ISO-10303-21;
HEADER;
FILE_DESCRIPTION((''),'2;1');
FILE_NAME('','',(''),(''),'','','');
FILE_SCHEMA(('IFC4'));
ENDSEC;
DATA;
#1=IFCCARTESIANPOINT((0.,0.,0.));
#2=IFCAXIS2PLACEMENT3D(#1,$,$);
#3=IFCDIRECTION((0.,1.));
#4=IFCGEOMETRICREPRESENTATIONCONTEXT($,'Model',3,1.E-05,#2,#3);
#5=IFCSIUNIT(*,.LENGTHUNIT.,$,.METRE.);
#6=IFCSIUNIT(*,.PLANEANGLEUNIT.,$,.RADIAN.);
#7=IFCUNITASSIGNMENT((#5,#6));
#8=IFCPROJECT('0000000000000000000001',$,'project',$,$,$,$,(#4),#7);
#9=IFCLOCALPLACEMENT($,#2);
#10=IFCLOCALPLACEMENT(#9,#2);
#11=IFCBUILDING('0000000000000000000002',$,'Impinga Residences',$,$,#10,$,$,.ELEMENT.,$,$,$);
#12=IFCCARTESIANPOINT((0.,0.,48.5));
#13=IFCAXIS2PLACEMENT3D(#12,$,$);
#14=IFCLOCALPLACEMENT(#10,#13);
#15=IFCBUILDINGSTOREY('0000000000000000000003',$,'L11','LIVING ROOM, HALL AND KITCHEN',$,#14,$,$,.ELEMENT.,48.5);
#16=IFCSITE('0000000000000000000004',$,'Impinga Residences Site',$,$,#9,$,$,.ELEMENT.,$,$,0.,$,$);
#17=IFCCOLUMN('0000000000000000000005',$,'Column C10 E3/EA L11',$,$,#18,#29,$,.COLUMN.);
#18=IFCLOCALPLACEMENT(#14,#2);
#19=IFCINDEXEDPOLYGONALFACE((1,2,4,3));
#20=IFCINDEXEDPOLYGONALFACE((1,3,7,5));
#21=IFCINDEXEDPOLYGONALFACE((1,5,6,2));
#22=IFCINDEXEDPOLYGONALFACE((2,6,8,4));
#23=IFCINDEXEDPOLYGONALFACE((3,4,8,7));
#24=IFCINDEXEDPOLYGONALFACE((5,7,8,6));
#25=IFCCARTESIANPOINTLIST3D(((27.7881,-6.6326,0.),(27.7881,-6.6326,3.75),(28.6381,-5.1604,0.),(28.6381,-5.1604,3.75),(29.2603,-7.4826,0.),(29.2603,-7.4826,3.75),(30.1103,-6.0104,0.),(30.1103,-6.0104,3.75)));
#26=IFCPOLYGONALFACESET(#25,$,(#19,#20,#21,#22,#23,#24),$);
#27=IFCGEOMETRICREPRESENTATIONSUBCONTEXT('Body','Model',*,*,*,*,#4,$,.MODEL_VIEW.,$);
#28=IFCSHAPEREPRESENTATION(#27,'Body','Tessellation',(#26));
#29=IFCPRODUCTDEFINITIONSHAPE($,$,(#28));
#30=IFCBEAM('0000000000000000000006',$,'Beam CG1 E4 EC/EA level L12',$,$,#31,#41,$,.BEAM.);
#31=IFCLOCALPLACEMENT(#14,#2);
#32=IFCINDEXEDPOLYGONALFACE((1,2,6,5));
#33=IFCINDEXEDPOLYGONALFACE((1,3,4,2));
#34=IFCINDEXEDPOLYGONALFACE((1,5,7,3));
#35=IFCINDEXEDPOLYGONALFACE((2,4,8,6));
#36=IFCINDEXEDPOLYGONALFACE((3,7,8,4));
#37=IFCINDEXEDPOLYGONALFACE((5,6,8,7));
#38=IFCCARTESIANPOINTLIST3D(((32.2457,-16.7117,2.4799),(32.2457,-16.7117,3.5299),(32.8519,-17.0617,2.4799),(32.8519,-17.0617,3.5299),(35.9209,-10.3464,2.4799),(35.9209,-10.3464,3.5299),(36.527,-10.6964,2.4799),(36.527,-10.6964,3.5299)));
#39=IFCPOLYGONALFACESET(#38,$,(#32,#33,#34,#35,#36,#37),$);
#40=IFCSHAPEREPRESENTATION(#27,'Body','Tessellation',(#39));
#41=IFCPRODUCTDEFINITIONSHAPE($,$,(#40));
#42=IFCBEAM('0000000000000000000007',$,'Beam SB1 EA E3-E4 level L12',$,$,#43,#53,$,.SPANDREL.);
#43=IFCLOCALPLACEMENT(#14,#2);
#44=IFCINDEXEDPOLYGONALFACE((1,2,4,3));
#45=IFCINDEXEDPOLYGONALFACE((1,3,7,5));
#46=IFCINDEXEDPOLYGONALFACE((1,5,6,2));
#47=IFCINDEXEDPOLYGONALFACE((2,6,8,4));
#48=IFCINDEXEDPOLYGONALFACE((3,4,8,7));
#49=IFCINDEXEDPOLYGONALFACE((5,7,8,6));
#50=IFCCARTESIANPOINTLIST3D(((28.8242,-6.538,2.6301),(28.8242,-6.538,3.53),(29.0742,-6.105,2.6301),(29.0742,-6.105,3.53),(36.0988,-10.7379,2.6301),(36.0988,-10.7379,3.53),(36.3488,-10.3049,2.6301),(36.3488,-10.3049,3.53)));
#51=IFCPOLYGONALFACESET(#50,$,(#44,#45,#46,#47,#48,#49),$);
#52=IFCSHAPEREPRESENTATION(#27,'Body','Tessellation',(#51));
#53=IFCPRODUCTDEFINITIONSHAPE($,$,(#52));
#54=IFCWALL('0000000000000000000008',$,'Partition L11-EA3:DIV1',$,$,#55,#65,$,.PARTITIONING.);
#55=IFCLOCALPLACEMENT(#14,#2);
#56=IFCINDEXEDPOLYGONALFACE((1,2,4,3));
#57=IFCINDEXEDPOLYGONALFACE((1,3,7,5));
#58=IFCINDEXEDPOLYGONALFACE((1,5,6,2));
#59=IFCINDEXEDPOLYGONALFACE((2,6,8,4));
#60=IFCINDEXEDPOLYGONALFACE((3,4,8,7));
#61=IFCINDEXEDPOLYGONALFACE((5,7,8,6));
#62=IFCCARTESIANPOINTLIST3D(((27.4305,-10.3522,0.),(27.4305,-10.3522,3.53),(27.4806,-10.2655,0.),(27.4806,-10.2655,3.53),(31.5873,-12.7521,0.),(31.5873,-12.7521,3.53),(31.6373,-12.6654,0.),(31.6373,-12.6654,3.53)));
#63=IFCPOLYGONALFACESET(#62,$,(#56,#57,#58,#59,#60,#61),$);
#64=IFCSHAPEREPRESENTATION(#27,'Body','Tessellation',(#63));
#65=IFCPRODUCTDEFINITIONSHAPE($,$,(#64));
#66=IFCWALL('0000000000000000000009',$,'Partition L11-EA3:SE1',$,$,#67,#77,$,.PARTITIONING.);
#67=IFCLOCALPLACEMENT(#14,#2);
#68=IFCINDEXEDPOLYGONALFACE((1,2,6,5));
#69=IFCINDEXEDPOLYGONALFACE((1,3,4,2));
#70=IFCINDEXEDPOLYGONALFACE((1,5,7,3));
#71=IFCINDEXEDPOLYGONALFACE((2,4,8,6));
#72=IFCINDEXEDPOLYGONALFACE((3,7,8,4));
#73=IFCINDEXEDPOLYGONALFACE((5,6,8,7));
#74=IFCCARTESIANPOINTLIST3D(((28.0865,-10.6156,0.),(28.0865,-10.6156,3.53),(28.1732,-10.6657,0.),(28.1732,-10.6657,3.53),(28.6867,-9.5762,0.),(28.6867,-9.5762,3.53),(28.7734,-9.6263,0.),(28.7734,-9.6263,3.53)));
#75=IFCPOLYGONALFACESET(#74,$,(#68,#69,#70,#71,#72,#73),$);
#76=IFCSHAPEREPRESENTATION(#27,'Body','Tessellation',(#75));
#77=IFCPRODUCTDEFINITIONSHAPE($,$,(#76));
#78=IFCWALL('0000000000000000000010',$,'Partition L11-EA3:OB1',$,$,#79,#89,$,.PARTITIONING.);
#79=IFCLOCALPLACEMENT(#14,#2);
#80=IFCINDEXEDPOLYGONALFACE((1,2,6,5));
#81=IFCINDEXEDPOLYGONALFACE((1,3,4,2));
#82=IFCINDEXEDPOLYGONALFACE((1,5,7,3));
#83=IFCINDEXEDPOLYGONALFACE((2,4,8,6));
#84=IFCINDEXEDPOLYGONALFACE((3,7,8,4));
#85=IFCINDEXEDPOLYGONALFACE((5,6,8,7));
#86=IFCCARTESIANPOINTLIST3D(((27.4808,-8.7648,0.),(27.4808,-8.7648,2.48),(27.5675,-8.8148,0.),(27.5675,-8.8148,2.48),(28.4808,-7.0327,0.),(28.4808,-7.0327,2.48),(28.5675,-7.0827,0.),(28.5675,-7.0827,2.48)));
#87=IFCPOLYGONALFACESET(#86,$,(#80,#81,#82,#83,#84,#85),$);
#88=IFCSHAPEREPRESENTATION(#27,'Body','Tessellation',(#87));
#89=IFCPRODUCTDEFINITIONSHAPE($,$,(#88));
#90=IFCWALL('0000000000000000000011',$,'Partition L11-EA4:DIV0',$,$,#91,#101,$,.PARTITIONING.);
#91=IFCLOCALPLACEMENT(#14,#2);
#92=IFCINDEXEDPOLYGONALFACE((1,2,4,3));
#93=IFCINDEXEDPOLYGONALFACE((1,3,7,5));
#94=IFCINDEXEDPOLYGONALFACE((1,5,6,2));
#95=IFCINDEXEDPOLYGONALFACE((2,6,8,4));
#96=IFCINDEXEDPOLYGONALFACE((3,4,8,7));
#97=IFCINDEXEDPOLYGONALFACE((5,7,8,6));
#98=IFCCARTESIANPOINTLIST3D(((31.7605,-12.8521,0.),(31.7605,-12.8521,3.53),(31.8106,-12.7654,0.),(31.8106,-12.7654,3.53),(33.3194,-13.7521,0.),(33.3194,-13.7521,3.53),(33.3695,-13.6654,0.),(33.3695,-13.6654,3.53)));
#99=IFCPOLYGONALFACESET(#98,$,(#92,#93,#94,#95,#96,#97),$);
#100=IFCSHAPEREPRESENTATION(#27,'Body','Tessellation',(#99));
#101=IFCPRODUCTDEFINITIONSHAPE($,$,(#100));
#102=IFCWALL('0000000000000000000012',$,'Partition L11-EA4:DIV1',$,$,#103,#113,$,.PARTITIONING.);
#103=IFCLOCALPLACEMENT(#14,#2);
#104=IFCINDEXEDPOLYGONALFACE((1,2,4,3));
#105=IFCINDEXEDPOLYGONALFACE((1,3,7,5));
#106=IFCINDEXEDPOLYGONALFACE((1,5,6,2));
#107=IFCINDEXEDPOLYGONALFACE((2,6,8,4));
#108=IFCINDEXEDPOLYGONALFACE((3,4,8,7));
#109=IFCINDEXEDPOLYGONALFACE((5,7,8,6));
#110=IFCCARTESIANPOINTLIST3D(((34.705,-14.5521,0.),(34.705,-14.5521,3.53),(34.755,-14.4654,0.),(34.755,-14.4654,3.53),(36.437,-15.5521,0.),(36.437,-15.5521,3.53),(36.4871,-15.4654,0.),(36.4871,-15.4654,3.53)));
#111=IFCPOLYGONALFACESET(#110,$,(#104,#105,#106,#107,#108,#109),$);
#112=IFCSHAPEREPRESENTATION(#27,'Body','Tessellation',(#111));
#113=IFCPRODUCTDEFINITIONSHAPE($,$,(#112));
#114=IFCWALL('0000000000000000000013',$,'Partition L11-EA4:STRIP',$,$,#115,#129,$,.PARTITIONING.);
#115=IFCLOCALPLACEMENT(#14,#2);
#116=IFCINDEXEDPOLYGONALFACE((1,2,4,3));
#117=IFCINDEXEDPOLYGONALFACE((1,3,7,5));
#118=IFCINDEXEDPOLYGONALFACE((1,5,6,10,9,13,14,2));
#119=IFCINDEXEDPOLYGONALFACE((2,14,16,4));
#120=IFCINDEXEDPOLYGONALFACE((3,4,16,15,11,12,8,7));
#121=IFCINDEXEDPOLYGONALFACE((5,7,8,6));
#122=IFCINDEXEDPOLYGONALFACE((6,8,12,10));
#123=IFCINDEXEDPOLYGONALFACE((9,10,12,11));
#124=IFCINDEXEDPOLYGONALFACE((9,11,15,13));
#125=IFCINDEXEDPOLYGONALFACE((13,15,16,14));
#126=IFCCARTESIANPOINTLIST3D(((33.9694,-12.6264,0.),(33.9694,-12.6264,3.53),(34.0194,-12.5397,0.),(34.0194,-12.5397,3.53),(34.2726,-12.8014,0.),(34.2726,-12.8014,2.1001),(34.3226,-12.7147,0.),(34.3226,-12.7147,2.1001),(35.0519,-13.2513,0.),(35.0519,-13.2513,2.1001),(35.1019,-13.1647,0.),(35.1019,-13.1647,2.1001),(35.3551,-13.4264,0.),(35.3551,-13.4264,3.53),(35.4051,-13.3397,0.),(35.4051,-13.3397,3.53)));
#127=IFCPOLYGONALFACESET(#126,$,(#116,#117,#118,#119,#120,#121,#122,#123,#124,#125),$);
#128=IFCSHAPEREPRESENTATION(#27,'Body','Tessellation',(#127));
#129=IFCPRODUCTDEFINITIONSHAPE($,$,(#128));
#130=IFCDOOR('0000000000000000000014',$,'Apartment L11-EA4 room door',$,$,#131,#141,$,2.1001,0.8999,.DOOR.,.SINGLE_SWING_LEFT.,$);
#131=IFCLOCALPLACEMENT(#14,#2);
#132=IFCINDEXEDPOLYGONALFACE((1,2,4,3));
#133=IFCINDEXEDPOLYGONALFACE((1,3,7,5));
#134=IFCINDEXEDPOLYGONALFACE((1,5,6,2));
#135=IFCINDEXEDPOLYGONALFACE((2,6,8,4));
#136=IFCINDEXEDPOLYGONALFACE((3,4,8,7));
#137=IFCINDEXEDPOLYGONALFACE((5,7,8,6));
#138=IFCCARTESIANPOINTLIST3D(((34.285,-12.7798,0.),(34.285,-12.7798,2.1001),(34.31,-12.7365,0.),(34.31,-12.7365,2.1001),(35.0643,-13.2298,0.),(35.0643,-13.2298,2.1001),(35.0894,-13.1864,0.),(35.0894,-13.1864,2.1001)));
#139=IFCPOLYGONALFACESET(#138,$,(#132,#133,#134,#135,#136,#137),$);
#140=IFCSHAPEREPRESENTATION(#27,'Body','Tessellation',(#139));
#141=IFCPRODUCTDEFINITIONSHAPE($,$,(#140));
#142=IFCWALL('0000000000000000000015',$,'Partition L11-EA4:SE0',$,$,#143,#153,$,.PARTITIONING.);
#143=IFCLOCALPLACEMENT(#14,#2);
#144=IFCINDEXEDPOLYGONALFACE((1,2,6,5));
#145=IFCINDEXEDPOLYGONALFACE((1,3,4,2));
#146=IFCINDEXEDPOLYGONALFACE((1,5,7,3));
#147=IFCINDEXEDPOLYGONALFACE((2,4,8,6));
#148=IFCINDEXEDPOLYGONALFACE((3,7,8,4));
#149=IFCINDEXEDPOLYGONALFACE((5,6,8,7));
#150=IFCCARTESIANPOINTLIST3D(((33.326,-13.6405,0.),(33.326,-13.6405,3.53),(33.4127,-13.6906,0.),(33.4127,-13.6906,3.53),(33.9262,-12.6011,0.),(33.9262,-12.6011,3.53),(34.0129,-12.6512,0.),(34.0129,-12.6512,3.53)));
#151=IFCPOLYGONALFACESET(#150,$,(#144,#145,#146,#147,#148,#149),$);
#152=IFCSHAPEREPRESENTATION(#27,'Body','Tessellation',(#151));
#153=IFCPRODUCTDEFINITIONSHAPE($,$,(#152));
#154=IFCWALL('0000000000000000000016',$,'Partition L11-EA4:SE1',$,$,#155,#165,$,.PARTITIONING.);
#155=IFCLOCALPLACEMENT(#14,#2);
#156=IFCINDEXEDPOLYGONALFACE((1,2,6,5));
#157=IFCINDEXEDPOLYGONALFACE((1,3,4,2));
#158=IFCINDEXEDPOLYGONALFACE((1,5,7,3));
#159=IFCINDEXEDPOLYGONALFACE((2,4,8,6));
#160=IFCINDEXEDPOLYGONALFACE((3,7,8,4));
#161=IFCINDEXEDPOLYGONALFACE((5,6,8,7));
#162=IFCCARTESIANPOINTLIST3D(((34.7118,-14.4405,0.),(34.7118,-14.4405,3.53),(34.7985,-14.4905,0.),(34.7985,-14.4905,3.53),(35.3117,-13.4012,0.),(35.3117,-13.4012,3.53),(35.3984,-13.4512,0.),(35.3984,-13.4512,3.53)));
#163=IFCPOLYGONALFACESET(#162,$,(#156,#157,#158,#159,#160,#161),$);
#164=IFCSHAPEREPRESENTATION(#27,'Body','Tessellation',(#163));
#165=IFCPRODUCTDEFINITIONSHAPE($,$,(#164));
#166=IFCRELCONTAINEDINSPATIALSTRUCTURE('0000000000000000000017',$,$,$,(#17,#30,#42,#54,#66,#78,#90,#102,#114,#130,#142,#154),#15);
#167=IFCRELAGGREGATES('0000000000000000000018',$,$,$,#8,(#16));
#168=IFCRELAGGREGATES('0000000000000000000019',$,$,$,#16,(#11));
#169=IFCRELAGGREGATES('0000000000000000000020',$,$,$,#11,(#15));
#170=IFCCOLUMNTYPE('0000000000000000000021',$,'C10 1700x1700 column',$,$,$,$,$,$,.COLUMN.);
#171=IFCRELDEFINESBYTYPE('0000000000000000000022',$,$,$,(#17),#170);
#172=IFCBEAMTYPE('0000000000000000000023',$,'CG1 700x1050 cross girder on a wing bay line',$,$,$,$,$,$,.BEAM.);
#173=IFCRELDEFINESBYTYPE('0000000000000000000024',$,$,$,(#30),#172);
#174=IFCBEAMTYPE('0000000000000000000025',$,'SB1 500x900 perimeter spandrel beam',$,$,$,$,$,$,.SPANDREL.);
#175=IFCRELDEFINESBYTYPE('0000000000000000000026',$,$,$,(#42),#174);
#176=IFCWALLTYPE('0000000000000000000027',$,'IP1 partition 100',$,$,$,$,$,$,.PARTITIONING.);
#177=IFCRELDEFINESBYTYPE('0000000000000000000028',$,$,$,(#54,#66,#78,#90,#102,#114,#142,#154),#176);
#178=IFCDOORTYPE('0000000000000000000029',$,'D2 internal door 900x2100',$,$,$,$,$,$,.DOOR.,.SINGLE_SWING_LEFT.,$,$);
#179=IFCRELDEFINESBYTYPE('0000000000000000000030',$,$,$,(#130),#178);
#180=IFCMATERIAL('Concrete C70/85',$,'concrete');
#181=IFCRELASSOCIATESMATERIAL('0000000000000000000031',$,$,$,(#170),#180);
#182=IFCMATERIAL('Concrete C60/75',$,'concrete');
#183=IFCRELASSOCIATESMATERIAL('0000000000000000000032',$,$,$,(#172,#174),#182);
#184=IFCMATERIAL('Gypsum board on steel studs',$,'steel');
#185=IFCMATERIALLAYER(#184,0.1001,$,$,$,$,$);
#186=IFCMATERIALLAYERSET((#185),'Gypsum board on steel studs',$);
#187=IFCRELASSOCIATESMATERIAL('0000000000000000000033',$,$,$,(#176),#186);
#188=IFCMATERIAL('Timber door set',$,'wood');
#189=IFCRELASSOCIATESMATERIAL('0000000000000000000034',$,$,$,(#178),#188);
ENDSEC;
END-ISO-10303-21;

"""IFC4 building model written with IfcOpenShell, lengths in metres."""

from ifc_helpers import new_model, si_unit, direction, frame, frame_2d, origin, origin_2d, place, context, subcontext, project, spatial, rectangle, extrude, material, layer, layer_set, material_profile, profile_set, type_object, element, fill, save


model = new_model("IFC4")

# Units and contexts
model_context = context("Model", 3, precision=1e-05, world=origin(), true_north=direction((0.0, 1.0)))
body_context = subcontext(model_context, "Body", "Model", "MODEL_VIEW")
ifc_project = project(units=[si_unit("LENGTHUNIT", "METRE"), si_unit("PLANEANGLEUNIT", "RADIAN")], contexts=[model_context])

# Site, building, storey
site_placement = place(None, origin())
site = spatial("IfcSite", under=ifc_project, at=site_placement, Name="Impinga Residences Site", CompositionType="ELEMENT", RefElevation=0.0)
building_placement = place(site_placement, origin())
building = spatial("IfcBuilding", under=site, at=building_placement, Name="Impinga Residences", CompositionType="ELEMENT")
storey_placement = place(building_placement, frame((0.0, 0.0, 48.5)))
storey = spatial("IfcBuildingStorey", under=building, at=storey_placement, Name="L11", Description="LIVING ROOM, HALL AND KITCHEN", CompositionType="ELEMENT", Elevation=48.5)

# Column
ifc_material_1 = material(Name="Concrete C70/85", Category="concrete")
ifc_material_profile_1 = material_profile(ifc_material_1, rectangle(XDim=1.7, YDim=1.7, at=origin_2d()), Name="RC 1700x1700")
ifc_profile_set_1 = profile_set([ifc_material_profile_1], Name="Concrete C70/85")
column_type = type_object("IfcColumnType", Name="C10 1700x1700 column", PredefinedType="COLUMN", material=ifc_profile_set_1)
column_placement = place(storey_placement, frame((28.9492, -6.3215, 0.0), z_axis=(0.0, 0.0, 1.0), x_axis=(-0.5, -0.866025, 0.0)))
element("IfcColumn", 1, at=column_placement, inside=storey, type_object=column_type, Name="Column C10 E3/EA L11", PredefinedType="COLUMN", context=body_context, shape_type="SweptSolid", body=[
    extrude(rectangle(XDim=1.7, YDim=1.7, at=origin_2d()), origin(), (0.0, 0.0, 1.0), 3.75),
])

# Beams
ifc_material_2 = material(Name="Concrete C60/75", Category="concrete")
ifc_material_profile_2 = material_profile(ifc_material_2, rectangle(XDim=0.7, YDim=1.05, at=origin_2d()), Name="RC 700x1050")
ifc_profile_set_2 = profile_set([ifc_material_profile_2], Name="Concrete C60/75")
beam_type_1 = type_object("IfcBeamType", Name="CG1 700x1050 cross girder on a wing bay line", PredefinedType="BEAM", material=ifc_profile_set_2)
beam_1_placement = place(storey_placement, frame((32.5488, -16.8867, 3.0049), z_axis=(0.500008, 0.866021, 0.0), x_axis=(-0.866021, 0.500008, 0.0)))
element("IfcBeam", 2, at=beam_1_placement, inside=storey, type_object=beam_type_1, Name="Beam CG1 E4 EC/EA level L12", PredefinedType="BEAM", context=body_context, shape_type="SweptSolid", body=[
    extrude(rectangle(XDim=0.7, YDim=1.05, at=origin_2d()), origin(), (0.0, 0.0, 1.0), 7.3501),
])
ifc_material_profile_3 = material_profile(ifc_material_2, rectangle(XDim=0.5, YDim=0.8999, at=origin_2d()), Name="RC 500x900")
ifc_profile_set_3 = profile_set([ifc_material_profile_3], Name="Concrete C60/75")
beam_type_2 = type_object("IfcBeamType", Name="SB1 500x900 perimeter spandrel beam", PredefinedType="SPANDREL", material=ifc_profile_set_3)
beam_2_placement = place(storey_placement, frame((28.9492, -6.3215, 3.0801), z_axis=(0.866029, -0.499993, 0.0), x_axis=(0.499993, 0.866029, 0.0)))
element("IfcBeam", 3, at=beam_2_placement, inside=storey, type_object=beam_type_2, Name="Beam SB1 EA E3-E4 level L12", PredefinedType="SPANDREL", context=body_context, shape_type="SweptSolid", body=[
    extrude(rectangle(XDim=0.5, YDim=0.8999, at=origin_2d()), origin(), (0.0, 0.0, 1.0), 8.3999),
])

# Walls
ifc_material_3 = material(Name="Gypsum board on steel studs", Category="steel")
ifc_layer_1 = layer(ifc_material_3, 0.1001)
ifc_layer_set_1 = layer_set([ifc_layer_1], Name="Gypsum board on steel studs")
wall_type_1 = type_object("IfcWallType", Name="IP1 partition 100", PredefinedType="PARTITIONING", material=ifc_layer_set_1)
wall_1_placement = place(storey_placement, frame((27.4556, -10.3088, 0.0), z_axis=(0.0, 0.0, 1.0), x_axis=(0.866025, -0.500001, 0.0)))
element("IfcWall", 4, at=wall_1_placement, inside=storey, type_object=wall_type_1, Name="Partition L11-EA3:DIV1", PredefinedType="PARTITIONING", context=body_context, shape_type="SweptSolid", body=[
    extrude(rectangle(XDim=4.7998, YDim=0.1001, at=frame_2d((2.3999, 0.0))), origin(), (0.0, 0.0, 1.0), 3.53),
])
wall_2_placement = place(storey_placement, frame((28.1299, -10.6406, 0.0), z_axis=(0.0, 0.0, 1.0), x_axis=(0.500034, 0.866006, 0.0)))
element("IfcWall", 5, at=wall_2_placement, inside=storey, type_object=wall_type_1, Name="Partition L11-EA3:SE1", PredefinedType="PARTITIONING", context=body_context, shape_type="SweptSolid", body=[
    extrude(rectangle(XDim=1.2002, YDim=0.1001, at=frame_2d((0.6001, 0.0))), origin(), (0.0, 0.0, 1.0), 3.53),
])
wall_3_placement = place(storey_placement, frame((27.5242, -8.7898, 0.0), z_axis=(0.0, 0.0, 1.0), x_axis=(0.499973, 0.866041, 0.0)))
element("IfcWall", 6, at=wall_3_placement, inside=storey, type_object=wall_type_1, Name="Partition L11-EA3:OB1", PredefinedType="PARTITIONING", context=body_context, shape_type="SweptSolid", body=[
    extrude(rectangle(XDim=2.0, YDim=0.1001, at=frame_2d((1.0, 0.0))), origin(), (0.0, 0.0, 1.0), 2.48),
])
wall_4_placement = place(storey_placement, frame((31.7856, -12.8088, 0.0), z_axis=(0.0, 0.0, 1.0), x_axis=(0.866048, -0.499961, 0.0)))
element("IfcWall", 7, at=wall_4_placement, inside=storey, type_object=wall_type_1, Name="Partition L11-EA4:DIV0", PredefinedType="PARTITIONING", context=body_context, shape_type="SweptSolid", body=[
    extrude(rectangle(XDim=1.8, YDim=0.1001, at=frame_2d((0.8999, 0.0))), origin(), (0.0, 0.0, 1.0), 3.53),
])
wall_5_placement = place(storey_placement, frame((34.73, -14.5088, 0.0), z_axis=(0.0, 0.0, 1.0), x_axis=(0.866041, -0.499973, 0.0)))
element("IfcWall", 8, at=wall_5_placement, inside=storey, type_object=wall_type_1, Name="Partition L11-EA4:DIV1", PredefinedType="PARTITIONING", context=body_context, shape_type="SweptSolid", body=[
    extrude(rectangle(XDim=2.0, YDim=0.1001, at=frame_2d((1.0, 0.0))), origin(), (0.0, 0.0, 1.0), 3.53),
])

# Wall, opening, door
wall_6_placement = place(storey_placement, frame((33.9944, -12.583, 0.0), z_axis=(0.0, 0.0, 1.0), x_axis=(0.866028, -0.499995, 0.0)))
wall_6 = element("IfcWall", 9, at=wall_6_placement, inside=storey, type_object=wall_type_1, Name="Partition L11-EA4:STRIP", PredefinedType="PARTITIONING", context=body_context, shape_type="SweptSolid", body=[
    extrude(rectangle(XDim=1.6001, YDim=0.1001, at=frame_2d((0.8, 0.0))), origin(), (0.0, 0.0, 1.0), 3.53),
])
opening_1_placement = place(wall_6_placement, frame((0.3501, 0.0, 0.0)))
opening_1 = element("IfcOpeningElement", 10, at=opening_1_placement, cuts=wall_6, PredefinedType="OPENING", context=body_context, shape_type="SweptSolid", body=[
    extrude(rectangle(XDim=0.8999, YDim=2.1001, at=frame_2d((0.45, 1.05))), frame((0.0, 0.0601, 0.0), z_axis=(0.0, -1.0, 0.0), x_axis=(1.0, 0.0, 0.0)), (0.0, 0.0, 1.0), 0.1201),
])
ifc_material_4 = material(Name="Timber door set", Category="wood")
door_type = type_object("IfcDoorType", Name="D2 internal door 900x2100", OperationType="SINGLE_SWING_LEFT", PredefinedType="DOOR", material=ifc_material_4)
door_1_placement = place(opening_1_placement, origin())
door_1 = element("IfcDoor", 11, at=door_1_placement, inside=storey, type_object=door_type, Name="Apartment L11-EA4 room door", OperationType="SINGLE_SWING_LEFT", OverallHeight=2.1001, OverallWidth=0.8999, PredefinedType="DOOR", context=body_context, shape_type="SweptSolid", body=[
    extrude(rectangle(XDim=0.8999, YDim=2.1001, at=frame_2d((0.45, 1.05))), frame((0.0, 0.0249, 0.0), z_axis=(0.0, -1.0, 0.0), x_axis=(1.0, 0.0, 0.0)), (0.0, 0.0, 1.0), 0.05),
])
fill(opening_1, door_1)

# Walls
wall_7_placement = place(storey_placement, frame((33.3694, -13.6655, 0.0), z_axis=(0.0, 0.0, 1.0), x_axis=(0.500034, 0.866006, 0.0)))
element("IfcWall", 12, at=wall_7_placement, inside=storey, type_object=wall_type_1, Name="Partition L11-EA4:SE0", PredefinedType="PARTITIONING", context=body_context, shape_type="SweptSolid", body=[
    extrude(rectangle(XDim=1.2002, YDim=0.1001, at=frame_2d((0.6001, 0.0))), origin(), (0.0, 0.0, 1.0), 3.53),
])
wall_8_placement = place(storey_placement, frame((34.7551, -14.4656, 0.0), z_axis=(0.0, 0.0, 1.0), x_axis=(0.499881, 0.866094, 0.0)))
element("IfcWall", 13, at=wall_8_placement, inside=storey, type_object=wall_type_1, Name="Partition L11-EA4:SE1", PredefinedType="PARTITIONING", context=body_context, shape_type="SweptSolid", body=[
    extrude(rectangle(XDim=1.2, YDim=0.1001, at=frame_2d((0.6001, 0.0))), origin(), (0.0, 0.0, 1.0), 3.53),
])

save(model, "model.ifc")
